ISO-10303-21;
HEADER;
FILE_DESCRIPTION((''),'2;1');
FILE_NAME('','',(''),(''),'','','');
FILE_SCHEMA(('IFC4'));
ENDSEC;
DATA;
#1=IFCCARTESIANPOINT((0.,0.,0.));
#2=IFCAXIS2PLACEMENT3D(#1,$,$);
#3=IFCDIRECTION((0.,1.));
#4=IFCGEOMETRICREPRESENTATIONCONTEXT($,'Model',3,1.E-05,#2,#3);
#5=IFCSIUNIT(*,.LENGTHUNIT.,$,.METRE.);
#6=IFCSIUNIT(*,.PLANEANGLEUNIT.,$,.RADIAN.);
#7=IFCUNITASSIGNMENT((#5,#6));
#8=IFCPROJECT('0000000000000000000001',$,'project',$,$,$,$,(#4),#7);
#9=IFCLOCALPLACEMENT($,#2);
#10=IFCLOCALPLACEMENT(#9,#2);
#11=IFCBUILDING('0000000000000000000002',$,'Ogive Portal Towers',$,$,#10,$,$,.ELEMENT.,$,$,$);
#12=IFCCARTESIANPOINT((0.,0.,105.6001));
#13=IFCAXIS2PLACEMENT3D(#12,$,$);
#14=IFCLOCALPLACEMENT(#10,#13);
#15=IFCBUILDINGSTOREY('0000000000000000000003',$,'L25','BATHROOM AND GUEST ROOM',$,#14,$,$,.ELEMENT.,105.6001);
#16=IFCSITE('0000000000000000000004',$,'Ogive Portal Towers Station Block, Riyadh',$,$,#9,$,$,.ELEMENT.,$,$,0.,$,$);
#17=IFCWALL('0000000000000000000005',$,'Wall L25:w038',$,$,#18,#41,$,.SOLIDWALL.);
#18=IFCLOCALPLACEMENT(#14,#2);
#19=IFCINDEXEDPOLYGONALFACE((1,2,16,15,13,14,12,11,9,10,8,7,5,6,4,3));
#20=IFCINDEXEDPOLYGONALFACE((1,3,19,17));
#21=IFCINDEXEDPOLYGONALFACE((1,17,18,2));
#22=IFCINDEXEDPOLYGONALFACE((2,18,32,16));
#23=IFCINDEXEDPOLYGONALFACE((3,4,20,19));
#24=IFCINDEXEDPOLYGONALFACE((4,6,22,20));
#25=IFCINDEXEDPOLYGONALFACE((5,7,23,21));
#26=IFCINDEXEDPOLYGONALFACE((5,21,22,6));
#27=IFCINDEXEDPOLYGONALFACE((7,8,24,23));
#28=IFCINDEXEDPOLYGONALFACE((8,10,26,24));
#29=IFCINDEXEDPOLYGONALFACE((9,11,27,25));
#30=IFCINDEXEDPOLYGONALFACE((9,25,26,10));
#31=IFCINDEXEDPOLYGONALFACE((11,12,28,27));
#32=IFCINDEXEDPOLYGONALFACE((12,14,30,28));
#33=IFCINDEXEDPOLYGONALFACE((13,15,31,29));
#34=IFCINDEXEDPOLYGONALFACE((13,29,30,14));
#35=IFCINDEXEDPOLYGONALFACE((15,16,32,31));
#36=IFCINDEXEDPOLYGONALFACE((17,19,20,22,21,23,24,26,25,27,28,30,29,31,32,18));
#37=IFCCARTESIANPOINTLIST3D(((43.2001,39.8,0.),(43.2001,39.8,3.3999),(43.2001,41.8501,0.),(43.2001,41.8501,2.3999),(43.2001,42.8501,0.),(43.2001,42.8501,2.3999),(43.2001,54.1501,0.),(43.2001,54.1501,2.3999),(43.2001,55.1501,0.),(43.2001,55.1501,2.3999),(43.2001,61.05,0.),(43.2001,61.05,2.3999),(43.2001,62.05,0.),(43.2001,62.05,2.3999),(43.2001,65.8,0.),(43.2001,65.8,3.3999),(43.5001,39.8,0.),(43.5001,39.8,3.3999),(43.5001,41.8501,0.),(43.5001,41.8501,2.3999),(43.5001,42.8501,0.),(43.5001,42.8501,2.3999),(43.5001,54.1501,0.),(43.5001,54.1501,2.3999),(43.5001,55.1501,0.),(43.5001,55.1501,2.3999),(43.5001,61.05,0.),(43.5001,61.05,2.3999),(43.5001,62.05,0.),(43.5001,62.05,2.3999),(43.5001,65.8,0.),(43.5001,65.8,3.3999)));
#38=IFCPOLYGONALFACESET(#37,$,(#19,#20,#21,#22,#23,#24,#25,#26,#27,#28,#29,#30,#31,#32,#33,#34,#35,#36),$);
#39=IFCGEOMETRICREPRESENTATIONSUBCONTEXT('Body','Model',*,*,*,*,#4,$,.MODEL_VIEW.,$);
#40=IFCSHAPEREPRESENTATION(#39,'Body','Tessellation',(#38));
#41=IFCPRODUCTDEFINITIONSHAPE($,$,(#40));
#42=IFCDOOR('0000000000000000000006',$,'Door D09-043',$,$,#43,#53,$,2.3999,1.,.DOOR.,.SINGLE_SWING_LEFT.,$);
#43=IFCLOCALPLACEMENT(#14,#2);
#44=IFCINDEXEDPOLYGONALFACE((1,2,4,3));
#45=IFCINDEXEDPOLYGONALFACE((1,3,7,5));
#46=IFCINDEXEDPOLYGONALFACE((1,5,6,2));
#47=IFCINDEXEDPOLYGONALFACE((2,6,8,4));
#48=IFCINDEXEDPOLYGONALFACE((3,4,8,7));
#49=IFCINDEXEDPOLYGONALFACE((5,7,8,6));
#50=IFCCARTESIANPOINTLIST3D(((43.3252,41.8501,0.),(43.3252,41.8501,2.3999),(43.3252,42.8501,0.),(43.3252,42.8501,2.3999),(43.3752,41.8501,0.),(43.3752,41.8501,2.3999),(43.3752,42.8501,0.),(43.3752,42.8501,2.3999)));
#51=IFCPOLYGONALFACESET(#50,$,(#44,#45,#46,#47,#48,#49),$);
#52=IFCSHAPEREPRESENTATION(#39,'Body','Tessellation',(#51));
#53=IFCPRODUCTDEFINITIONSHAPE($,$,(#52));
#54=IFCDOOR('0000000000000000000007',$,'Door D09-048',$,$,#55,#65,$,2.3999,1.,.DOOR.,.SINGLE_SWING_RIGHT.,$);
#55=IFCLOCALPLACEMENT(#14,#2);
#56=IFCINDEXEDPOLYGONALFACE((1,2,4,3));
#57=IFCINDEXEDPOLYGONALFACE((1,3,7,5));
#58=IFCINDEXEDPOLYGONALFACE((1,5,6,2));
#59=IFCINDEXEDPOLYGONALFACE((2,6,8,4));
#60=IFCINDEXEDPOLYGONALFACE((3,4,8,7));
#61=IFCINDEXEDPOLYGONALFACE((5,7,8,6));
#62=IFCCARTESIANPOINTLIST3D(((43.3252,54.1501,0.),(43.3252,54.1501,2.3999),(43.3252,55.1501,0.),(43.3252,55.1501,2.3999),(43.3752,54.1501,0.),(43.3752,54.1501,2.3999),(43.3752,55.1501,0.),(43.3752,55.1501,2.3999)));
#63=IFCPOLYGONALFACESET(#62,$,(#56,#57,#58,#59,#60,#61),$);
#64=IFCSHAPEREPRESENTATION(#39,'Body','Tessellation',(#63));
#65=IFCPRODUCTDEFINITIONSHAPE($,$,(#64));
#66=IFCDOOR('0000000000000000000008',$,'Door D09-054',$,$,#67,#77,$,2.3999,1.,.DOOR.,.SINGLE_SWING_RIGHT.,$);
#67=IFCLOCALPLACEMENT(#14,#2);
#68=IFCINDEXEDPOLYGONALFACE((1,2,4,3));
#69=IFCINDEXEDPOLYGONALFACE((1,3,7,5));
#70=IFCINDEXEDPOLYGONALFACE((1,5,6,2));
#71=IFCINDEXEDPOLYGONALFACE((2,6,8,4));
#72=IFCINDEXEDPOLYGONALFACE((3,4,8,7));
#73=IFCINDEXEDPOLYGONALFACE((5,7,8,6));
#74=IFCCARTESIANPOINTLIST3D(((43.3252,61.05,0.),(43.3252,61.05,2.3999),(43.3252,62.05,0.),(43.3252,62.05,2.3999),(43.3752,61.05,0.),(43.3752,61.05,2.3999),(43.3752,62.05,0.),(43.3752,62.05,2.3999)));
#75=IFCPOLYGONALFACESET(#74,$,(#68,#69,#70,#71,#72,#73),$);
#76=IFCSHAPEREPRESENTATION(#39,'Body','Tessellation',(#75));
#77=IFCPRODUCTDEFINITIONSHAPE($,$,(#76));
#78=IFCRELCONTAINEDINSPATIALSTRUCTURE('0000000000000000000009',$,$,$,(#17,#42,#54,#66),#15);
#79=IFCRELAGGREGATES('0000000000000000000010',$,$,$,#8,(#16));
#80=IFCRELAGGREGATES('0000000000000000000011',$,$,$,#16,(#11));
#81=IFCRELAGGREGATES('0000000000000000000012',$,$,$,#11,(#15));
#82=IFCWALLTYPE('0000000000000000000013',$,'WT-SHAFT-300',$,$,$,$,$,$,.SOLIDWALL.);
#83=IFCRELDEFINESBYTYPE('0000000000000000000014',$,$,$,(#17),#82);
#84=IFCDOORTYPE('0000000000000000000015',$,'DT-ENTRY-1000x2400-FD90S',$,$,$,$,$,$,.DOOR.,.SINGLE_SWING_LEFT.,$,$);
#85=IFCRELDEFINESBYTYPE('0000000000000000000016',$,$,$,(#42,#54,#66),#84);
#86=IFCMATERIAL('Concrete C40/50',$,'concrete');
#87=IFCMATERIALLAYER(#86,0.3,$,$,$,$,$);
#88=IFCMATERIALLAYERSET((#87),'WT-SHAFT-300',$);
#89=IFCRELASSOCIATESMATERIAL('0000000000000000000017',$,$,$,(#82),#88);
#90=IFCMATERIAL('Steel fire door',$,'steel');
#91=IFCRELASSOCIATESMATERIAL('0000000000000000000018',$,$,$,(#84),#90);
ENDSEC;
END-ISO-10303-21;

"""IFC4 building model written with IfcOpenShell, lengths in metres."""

from ifc_helpers import new_model, si_unit, direction, frame, frame_2d, origin, place, context, subcontext, project, spatial, rectangle, extrude, material, layer, layer_set, type_object, element, fill, save


model = new_model("IFC4")

# Units and contexts
model_context = context("Model", 3, precision=1e-05, world=origin(), true_north=direction((0.0, 1.0)))
body_context = subcontext(model_context, "Body", "Model", "MODEL_VIEW")
ifc_project = project(units=[si_unit("LENGTHUNIT", "METRE"), si_unit("PLANEANGLEUNIT", "RADIAN")], contexts=[model_context])

# Site, building, storey
site_placement = place(None, origin())
site = spatial("IfcSite", under=ifc_project, at=site_placement, Name="Ogive Portal Towers Station Block, Riyadh", CompositionType="ELEMENT", RefElevation=0.0)
building_placement = place(site_placement, origin())
building = spatial("IfcBuilding", under=site, at=building_placement, Name="Ogive Portal Towers", CompositionType="ELEMENT")
storey_placement = place(building_placement, frame((0.0, 0.0, 105.6001)))
storey = spatial("IfcBuildingStorey", under=building, at=storey_placement, Name="L25", Description="BATHROOM AND GUEST ROOM", CompositionType="ELEMENT", Elevation=105.6001)

# Shared definitions
ifc_material_1 = material(Name="Steel fire door", Category="steel")

# Wall, openings, doors
ifc_material_2 = material(Name="Concrete C40/50", Category="concrete")
ifc_layer_1 = layer(ifc_material_2, 0.3)
ifc_layer_set_1 = layer_set([ifc_layer_1], Name="WT-SHAFT-300")
wall_type_1 = type_object("IfcWallType", Name="WT-SHAFT-300", PredefinedType="SOLIDWALL", material=ifc_layer_set_1)
wall_1_placement = place(storey_placement, frame((43.3501, 39.8, 0.0), z_axis=(0.0, 0.0, 1.0), x_axis=(0.0, 1.0, 0.0)))
wall_1 = element("IfcWall", 1, at=wall_1_placement, inside=storey, type_object=wall_type_1, Name="Wall L25:w038", PredefinedType="SOLIDWALL", context=body_context, shape_type="SweptSolid", body=[
    extrude(rectangle(XDim=26.0, YDim=0.3, at=frame_2d((13.0, 0.0))), origin(), (0.0, 0.0, 1.0), 3.3999),
])
opening_1_placement = place(wall_1_placement, frame((2.05, 0.0, 0.0)))
opening_1 = element("IfcOpeningElement", 2, at=opening_1_placement, cuts=wall_1, PredefinedType="OPENING", context=body_context, shape_type="SweptSolid", body=[
    extrude(rectangle(XDim=1.0, YDim=2.3999, at=frame_2d((0.5, 1.2))), frame((0.0, 0.1602, 0.0), z_axis=(0.0, -1.0, 0.0), x_axis=(1.0, 0.0, 0.0)), (0.0, 0.0, 1.0), 0.3201),
])
opening_2_placement = place(wall_1_placement, frame((14.3501, 0.0, 0.0)))
opening_2 = element("IfcOpeningElement", 3, at=opening_2_placement, cuts=wall_1, PredefinedType="OPENING", context=body_context, shape_type="SweptSolid", body=[
    extrude(rectangle(XDim=1.0, YDim=2.3999, at=frame_2d((0.5, 1.2))), frame((0.0, 0.1602, 0.0), z_axis=(0.0, -1.0, 0.0), x_axis=(1.0, 0.0, 0.0)), (0.0, 0.0, 1.0), 0.3201),
])
opening_3_placement = place(wall_1_placement, frame((21.25, 0.0, 0.0)))
opening_3 = element("IfcOpeningElement", 4, at=opening_3_placement, cuts=wall_1, PredefinedType="OPENING", context=body_context, shape_type="SweptSolid", body=[
    extrude(rectangle(XDim=1.0, YDim=2.3999, at=frame_2d((0.5, 1.2))), frame((0.0, 0.1602, 0.0), z_axis=(0.0, -1.0, 0.0), x_axis=(1.0, 0.0, 0.0)), (0.0, 0.0, 1.0), 0.3201),
])
door_type_1 = type_object("IfcDoorType", Name="DT-ENTRY-1000x2400-FD90S", OperationType="SINGLE_SWING_LEFT", PredefinedType="DOOR", material=ifc_material_1)
door_1_placement = place(opening_1_placement, origin())
door_1 = element("IfcDoor", 5, at=door_1_placement, inside=storey, type_object=door_type_1, Name="Door D09-043", OperationType="SINGLE_SWING_LEFT", OverallHeight=2.3999, OverallWidth=1.0, PredefinedType="DOOR", context=body_context, shape_type="SweptSolid", body=[
    extrude(rectangle(XDim=1.0, YDim=2.3999, at=frame_2d((0.5, 1.2))), frame((0.0, 0.0249, 0.0), z_axis=(0.0, -1.0, 0.0), x_axis=(1.0, 0.0, 0.0)), (0.0, 0.0, 1.0), 0.05),
])
fill(opening_1, door_1)
door_2_placement = place(opening_2_placement, origin())
door_2 = element("IfcDoor", 6, at=door_2_placement, inside=storey, type_object=door_type_1, Name="Door D09-048", OperationType="SINGLE_SWING_RIGHT", OverallHeight=2.3999, OverallWidth=1.0, PredefinedType="DOOR", context=body_context, shape_type="SweptSolid", body=[
    extrude(rectangle(XDim=1.0, YDim=2.3999, at=frame_2d((0.5, 1.2))), frame((0.0, 0.0249, 0.0), z_axis=(0.0, -1.0, 0.0), x_axis=(1.0, 0.0, 0.0)), (0.0, 0.0, 1.0), 0.05),
])
fill(opening_2, door_2)
door_3_placement = place(opening_3_placement, origin())
door_3 = element("IfcDoor", 7, at=door_3_placement, inside=storey, type_object=door_type_1, Name="Door D09-054", OperationType="SINGLE_SWING_RIGHT", OverallHeight=2.3999, OverallWidth=1.0, PredefinedType="DOOR", context=body_context, shape_type="SweptSolid", body=[
    extrude(rectangle(XDim=1.0, YDim=2.3999, at=frame_2d((0.5, 1.2))), frame((0.0, 0.0249, 0.0), z_axis=(0.0, -1.0, 0.0), x_axis=(1.0, 0.0, 0.0)), (0.0, 0.0, 1.0), 0.05),
])
fill(opening_3, door_3)

save(model, "model.ifc")
